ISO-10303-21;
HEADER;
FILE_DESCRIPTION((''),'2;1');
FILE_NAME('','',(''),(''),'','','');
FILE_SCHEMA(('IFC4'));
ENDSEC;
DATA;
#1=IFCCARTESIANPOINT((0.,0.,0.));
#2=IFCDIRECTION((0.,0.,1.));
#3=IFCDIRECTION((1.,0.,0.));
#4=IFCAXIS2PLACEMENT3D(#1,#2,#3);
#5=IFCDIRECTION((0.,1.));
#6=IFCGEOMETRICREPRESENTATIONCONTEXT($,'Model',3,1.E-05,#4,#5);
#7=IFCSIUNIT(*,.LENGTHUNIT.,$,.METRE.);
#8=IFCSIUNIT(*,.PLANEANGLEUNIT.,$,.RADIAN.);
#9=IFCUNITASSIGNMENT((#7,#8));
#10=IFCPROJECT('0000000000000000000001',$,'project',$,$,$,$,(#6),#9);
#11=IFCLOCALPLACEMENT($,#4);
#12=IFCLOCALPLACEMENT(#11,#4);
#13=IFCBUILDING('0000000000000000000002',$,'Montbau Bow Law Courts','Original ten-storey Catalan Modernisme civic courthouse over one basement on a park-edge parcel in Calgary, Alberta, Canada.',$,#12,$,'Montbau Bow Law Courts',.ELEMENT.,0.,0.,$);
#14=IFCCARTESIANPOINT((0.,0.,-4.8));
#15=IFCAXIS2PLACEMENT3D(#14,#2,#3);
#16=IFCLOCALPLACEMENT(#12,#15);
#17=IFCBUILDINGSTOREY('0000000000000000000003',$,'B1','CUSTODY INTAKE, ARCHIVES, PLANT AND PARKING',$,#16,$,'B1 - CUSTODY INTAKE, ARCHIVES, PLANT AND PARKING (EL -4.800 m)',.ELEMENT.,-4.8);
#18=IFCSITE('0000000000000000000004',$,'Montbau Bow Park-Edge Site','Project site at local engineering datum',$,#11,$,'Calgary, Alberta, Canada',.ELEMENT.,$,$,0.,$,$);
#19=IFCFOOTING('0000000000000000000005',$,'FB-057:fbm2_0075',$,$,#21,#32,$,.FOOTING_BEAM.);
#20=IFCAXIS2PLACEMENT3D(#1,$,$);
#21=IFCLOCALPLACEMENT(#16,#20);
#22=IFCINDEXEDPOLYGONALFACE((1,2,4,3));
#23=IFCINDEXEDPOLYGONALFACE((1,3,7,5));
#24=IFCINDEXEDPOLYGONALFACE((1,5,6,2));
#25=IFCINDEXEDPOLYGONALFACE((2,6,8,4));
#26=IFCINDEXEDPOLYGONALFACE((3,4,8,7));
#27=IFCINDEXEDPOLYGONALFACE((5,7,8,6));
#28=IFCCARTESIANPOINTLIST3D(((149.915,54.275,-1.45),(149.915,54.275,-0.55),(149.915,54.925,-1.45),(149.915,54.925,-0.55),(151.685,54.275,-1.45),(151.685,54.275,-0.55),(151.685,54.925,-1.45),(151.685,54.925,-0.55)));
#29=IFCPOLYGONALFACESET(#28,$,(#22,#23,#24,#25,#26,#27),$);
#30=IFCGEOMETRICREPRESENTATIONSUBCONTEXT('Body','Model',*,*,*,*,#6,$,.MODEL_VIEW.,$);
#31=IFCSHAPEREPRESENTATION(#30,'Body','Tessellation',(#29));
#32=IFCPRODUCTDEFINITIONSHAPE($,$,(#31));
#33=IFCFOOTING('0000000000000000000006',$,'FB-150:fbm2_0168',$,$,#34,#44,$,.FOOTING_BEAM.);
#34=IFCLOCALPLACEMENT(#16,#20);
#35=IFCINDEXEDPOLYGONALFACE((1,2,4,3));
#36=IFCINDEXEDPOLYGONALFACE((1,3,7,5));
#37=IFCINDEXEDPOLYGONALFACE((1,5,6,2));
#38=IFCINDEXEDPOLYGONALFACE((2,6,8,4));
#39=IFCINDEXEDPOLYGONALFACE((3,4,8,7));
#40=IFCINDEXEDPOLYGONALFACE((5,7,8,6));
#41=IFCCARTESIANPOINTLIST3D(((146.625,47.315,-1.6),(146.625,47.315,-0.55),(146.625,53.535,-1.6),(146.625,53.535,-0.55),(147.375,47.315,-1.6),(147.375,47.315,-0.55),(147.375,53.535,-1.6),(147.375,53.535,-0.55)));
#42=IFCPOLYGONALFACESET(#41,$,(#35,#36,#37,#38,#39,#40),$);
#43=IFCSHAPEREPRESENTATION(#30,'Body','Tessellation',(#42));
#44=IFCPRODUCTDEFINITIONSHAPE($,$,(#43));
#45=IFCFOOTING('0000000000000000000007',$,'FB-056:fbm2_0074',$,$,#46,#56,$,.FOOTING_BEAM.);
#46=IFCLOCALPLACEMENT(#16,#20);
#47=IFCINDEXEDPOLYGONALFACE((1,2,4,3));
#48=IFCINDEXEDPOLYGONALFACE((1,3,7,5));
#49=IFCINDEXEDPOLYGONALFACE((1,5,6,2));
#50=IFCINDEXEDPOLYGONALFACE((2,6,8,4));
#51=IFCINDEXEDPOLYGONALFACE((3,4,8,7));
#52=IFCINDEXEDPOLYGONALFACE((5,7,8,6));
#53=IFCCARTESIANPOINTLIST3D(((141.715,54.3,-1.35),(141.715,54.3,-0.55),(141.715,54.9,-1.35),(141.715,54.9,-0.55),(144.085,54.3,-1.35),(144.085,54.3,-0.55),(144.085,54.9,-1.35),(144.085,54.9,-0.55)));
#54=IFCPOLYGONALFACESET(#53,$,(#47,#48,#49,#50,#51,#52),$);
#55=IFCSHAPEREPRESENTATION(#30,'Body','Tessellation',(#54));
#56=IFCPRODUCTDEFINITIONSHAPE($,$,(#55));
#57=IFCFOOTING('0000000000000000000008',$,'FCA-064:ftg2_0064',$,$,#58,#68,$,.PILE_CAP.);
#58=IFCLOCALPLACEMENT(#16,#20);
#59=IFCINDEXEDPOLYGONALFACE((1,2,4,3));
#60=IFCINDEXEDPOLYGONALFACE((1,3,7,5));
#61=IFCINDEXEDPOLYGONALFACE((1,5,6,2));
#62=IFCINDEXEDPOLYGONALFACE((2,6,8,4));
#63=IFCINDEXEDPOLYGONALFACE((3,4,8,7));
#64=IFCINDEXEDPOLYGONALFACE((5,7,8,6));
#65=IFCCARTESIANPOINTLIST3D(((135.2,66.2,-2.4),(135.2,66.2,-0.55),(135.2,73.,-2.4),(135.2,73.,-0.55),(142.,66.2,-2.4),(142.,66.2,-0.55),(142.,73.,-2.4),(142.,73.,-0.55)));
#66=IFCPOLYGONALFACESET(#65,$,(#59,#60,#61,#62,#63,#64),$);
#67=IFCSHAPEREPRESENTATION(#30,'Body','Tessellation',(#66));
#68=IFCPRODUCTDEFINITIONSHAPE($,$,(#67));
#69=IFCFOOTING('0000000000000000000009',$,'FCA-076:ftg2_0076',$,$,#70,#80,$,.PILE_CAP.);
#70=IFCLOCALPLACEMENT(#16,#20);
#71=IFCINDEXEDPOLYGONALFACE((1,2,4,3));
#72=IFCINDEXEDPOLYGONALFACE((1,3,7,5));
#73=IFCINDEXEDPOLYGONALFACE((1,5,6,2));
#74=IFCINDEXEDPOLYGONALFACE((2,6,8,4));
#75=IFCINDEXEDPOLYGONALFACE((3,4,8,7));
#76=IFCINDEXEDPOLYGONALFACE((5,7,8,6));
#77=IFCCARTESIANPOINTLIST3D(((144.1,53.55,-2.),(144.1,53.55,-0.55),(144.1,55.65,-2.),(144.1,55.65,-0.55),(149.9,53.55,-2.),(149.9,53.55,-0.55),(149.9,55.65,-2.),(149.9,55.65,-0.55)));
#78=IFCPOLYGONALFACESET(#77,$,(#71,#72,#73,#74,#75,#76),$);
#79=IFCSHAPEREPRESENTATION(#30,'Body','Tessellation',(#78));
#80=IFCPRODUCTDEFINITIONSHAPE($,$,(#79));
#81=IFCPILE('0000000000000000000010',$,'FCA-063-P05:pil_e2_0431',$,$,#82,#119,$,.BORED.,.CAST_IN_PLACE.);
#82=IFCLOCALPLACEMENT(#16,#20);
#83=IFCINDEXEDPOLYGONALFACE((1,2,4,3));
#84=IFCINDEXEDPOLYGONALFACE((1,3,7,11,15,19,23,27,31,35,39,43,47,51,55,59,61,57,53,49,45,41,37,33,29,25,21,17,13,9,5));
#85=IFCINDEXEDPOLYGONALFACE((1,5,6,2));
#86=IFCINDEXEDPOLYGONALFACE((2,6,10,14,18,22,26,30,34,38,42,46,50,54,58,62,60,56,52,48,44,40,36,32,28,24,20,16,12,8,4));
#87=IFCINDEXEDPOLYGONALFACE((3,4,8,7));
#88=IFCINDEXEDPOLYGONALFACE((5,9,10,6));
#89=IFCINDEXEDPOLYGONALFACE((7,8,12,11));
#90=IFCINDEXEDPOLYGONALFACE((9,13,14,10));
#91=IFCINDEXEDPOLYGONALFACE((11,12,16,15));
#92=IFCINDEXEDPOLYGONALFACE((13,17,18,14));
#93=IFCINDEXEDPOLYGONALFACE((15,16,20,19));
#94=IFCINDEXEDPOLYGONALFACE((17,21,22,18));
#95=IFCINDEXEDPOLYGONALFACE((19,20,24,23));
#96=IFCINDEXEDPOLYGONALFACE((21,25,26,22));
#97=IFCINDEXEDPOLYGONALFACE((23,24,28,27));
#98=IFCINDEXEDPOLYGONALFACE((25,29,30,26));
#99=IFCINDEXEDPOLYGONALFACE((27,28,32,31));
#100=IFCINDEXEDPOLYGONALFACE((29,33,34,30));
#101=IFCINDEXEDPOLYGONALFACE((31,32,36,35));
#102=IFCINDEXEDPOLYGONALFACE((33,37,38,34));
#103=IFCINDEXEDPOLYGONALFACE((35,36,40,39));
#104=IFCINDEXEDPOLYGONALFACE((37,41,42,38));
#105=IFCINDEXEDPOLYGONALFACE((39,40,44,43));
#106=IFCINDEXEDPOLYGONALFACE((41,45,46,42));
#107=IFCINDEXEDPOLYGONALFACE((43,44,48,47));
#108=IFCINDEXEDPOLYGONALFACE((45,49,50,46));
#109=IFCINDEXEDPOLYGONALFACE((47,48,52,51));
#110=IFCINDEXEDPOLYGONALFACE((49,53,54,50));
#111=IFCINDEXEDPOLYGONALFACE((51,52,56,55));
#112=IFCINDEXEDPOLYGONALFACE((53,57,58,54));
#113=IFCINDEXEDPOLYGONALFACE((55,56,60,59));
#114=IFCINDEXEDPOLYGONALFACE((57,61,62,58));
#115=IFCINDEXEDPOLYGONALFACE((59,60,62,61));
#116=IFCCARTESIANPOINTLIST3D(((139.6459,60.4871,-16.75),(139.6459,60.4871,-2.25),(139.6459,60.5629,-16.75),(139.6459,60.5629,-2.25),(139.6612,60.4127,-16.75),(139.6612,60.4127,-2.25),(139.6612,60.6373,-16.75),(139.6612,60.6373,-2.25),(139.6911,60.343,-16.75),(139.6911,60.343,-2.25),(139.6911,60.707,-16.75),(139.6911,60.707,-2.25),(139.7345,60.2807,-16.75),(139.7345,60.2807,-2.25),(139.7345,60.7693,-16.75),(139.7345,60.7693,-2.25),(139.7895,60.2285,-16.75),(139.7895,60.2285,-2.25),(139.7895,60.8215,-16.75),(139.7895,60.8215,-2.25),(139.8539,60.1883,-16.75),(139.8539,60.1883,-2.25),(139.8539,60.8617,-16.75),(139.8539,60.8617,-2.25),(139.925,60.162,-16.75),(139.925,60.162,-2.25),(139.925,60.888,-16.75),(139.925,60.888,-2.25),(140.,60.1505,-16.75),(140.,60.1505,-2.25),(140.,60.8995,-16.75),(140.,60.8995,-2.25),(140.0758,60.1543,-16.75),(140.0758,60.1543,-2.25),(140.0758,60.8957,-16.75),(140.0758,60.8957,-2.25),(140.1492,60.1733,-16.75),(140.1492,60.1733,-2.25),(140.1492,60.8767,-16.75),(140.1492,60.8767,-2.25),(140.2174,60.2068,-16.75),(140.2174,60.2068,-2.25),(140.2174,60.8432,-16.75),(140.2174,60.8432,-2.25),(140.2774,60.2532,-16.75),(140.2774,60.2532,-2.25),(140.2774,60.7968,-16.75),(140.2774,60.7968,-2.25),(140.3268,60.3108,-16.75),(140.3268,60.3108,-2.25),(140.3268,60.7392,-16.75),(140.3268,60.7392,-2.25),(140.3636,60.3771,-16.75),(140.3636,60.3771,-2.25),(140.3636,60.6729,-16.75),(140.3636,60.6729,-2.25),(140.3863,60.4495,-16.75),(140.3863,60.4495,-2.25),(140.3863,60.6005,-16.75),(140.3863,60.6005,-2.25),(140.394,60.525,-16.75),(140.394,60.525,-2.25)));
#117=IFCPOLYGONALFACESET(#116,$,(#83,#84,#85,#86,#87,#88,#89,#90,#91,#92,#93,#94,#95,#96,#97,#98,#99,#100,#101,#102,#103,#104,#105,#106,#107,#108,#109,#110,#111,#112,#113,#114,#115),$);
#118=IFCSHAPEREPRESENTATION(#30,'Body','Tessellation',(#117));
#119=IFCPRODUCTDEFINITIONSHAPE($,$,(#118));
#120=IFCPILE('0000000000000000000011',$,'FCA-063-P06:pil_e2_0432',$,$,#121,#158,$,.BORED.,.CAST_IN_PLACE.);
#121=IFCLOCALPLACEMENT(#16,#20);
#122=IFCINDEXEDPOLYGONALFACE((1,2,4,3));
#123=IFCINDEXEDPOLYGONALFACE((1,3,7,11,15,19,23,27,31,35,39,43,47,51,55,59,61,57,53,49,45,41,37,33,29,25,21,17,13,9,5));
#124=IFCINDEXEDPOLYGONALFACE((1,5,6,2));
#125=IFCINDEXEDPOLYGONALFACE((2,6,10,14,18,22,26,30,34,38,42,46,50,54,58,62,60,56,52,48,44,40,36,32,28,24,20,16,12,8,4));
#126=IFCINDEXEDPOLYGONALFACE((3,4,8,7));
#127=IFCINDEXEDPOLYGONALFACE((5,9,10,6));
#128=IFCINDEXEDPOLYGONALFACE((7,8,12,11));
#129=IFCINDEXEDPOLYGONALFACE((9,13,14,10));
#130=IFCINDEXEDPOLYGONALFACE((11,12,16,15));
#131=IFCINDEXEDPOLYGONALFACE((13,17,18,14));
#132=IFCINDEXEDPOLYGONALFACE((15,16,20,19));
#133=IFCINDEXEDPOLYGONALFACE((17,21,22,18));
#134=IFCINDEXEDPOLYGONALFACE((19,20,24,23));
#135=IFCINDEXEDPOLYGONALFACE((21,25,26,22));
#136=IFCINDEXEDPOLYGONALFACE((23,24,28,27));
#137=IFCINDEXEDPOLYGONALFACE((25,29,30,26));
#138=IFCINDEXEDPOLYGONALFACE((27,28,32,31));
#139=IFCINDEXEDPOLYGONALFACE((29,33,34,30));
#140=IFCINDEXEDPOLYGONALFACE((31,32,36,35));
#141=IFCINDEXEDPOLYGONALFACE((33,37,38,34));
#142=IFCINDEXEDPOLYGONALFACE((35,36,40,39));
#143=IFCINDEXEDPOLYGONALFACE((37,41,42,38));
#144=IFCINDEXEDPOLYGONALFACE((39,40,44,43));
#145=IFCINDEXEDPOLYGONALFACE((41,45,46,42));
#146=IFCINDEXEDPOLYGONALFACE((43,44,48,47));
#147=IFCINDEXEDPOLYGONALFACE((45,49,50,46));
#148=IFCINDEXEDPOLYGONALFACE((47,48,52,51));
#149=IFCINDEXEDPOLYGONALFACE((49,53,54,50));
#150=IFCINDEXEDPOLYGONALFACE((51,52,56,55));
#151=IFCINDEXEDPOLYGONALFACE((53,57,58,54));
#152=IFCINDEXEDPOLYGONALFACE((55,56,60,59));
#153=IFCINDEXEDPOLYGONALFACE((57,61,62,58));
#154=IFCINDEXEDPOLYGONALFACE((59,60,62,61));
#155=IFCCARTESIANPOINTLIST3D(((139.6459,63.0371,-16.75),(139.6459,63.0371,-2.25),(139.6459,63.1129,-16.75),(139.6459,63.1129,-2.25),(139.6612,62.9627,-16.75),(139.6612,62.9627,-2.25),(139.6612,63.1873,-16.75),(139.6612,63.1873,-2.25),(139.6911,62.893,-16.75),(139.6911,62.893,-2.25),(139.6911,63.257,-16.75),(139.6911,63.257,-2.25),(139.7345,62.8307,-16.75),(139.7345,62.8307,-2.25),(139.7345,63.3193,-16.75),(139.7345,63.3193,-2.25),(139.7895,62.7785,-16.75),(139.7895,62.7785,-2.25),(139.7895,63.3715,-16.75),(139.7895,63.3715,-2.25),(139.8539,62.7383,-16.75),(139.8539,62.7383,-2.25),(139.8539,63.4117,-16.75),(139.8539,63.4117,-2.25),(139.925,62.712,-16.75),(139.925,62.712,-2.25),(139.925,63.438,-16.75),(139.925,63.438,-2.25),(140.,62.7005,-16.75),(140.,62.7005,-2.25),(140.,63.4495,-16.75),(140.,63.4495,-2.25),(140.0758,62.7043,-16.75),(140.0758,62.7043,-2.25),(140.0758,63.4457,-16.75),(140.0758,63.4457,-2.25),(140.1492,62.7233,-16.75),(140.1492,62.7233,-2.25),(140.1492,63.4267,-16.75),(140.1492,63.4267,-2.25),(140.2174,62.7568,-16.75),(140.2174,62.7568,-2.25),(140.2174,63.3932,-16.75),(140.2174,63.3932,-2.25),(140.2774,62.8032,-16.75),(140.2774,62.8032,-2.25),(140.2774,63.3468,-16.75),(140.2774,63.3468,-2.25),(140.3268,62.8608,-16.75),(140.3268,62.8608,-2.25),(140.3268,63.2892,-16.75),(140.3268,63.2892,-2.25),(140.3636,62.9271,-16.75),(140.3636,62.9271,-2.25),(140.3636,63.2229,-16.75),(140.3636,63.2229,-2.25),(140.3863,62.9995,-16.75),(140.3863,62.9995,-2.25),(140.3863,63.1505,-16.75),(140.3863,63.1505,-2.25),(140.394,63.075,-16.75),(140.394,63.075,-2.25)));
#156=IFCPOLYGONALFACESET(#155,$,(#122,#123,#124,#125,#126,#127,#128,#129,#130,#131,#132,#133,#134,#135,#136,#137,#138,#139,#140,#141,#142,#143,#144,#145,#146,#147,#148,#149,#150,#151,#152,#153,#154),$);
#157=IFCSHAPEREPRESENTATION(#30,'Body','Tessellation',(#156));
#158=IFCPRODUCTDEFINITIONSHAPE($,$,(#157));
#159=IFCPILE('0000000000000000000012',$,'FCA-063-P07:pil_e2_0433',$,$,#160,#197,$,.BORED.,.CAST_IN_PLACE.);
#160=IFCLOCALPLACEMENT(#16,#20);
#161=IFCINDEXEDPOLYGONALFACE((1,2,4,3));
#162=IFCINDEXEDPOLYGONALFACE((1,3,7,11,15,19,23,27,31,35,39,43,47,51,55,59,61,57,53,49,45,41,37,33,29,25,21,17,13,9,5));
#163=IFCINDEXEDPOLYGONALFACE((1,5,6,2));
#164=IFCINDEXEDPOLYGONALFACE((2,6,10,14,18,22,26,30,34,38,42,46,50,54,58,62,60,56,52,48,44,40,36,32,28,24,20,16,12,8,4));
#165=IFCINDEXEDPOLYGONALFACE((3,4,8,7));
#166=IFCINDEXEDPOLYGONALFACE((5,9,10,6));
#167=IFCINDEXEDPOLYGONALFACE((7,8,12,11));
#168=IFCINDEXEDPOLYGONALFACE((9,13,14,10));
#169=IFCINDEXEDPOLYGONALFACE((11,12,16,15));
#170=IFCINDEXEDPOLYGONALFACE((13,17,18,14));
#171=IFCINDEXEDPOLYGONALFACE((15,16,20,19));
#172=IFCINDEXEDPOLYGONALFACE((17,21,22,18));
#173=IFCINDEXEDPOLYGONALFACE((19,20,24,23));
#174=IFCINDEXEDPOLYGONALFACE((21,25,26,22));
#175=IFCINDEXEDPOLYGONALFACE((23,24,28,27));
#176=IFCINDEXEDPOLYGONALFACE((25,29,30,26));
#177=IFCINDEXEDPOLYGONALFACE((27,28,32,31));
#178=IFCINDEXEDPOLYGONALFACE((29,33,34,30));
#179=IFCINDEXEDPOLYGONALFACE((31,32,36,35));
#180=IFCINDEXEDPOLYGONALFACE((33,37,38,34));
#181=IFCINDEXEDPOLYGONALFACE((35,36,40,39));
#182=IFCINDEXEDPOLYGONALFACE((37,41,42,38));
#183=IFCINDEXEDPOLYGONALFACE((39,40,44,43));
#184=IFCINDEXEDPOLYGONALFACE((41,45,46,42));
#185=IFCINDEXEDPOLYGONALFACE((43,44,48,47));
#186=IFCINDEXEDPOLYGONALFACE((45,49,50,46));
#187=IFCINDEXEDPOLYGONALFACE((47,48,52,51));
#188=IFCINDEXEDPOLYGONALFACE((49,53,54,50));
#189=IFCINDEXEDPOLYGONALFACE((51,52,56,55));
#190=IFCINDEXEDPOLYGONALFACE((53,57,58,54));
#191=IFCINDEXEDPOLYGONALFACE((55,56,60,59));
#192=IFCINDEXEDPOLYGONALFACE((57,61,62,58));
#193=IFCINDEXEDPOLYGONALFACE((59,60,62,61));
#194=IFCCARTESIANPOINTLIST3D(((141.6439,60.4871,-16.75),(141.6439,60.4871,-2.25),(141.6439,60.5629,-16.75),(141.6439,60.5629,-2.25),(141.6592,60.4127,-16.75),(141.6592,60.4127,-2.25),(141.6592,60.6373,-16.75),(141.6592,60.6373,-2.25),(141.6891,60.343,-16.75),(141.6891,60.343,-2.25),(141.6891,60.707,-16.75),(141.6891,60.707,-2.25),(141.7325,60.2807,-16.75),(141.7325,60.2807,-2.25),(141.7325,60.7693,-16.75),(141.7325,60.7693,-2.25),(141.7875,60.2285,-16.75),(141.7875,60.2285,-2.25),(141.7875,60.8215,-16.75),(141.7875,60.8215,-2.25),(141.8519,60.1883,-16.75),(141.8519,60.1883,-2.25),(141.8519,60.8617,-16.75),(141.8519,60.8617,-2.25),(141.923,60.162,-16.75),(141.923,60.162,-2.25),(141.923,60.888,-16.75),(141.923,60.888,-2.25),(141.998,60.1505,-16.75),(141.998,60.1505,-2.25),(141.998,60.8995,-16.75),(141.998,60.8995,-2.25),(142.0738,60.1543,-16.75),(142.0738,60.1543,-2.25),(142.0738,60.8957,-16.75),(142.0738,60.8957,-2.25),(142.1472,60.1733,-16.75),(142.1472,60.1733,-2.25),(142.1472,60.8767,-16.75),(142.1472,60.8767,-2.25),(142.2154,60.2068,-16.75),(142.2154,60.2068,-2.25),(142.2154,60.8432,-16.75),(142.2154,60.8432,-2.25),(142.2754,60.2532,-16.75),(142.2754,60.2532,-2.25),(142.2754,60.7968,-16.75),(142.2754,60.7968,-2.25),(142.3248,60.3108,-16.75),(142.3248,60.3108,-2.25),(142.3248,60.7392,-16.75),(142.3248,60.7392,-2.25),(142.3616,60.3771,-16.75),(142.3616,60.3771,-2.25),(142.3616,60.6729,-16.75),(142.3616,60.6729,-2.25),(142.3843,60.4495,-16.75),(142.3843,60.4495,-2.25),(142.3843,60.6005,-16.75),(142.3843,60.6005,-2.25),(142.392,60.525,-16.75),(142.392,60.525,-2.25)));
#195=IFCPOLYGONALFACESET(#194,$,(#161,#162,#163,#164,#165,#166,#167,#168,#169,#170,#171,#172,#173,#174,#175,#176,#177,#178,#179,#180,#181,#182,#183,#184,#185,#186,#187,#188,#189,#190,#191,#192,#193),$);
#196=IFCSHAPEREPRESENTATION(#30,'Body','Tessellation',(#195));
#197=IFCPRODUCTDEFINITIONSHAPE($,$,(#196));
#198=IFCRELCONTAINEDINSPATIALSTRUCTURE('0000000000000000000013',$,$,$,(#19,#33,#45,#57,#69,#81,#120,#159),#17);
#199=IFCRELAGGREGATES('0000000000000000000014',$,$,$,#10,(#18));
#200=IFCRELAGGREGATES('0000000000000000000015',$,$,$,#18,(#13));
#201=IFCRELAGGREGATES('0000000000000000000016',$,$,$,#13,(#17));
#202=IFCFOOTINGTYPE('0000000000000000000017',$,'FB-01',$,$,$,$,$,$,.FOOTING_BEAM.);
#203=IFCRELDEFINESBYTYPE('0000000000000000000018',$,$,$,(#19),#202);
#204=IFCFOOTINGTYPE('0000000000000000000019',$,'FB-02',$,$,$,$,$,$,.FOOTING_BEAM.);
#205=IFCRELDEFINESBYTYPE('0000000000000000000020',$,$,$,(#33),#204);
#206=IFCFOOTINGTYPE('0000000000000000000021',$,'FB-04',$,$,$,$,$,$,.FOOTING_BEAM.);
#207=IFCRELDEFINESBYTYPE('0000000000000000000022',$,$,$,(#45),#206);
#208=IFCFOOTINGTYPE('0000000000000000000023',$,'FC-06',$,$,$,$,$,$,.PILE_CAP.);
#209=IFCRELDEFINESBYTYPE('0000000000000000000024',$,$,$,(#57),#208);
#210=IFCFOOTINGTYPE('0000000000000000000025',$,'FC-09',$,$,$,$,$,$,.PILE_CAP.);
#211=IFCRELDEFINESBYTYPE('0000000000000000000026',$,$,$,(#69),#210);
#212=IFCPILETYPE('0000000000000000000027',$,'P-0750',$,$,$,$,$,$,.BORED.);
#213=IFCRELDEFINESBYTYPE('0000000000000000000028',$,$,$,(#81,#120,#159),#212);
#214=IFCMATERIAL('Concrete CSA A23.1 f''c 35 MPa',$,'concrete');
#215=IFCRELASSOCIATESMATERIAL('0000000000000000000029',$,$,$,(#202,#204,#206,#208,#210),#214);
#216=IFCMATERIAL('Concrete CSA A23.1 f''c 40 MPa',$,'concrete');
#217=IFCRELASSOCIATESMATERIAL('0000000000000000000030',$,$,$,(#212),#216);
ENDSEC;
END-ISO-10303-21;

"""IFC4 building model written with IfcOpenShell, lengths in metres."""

from ifc_helpers import new_model, si_unit, direction, frame, origin_with_axes, origin_2d_with_axis, place, context, subcontext, project, spatial, rectangle, circle, extrude, material, material_profile, profile_set, type_object, element, save


model = new_model("IFC4")

# Units and contexts
model_context = context("Model", 3, precision=1e-05, world=origin_with_axes(), true_north=direction((0.0, 1.0)))
body_context = subcontext(model_context, "Body", "Model", "MODEL_VIEW")
ifc_project = project(units=[si_unit("LENGTHUNIT", "METRE"), si_unit("PLANEANGLEUNIT", "RADIAN")], contexts=[model_context])

# Site, building, storey
site_placement = place(None, origin_with_axes())
site = spatial("IfcSite", under=ifc_project, at=site_placement, Name="Montbau Bow Park-Edge Site", Description="Project site at local engineering datum", LongName="Calgary, Alberta, Canada", CompositionType="ELEMENT", RefElevation=0.0)
building_placement = place(site_placement, origin_with_axes())
building = spatial("IfcBuilding", under=site, at=building_placement, Name="Montbau Bow Law Courts", Description="Original ten-storey Catalan Modernisme civic courthouse over one basement on a park-edge parcel in Calgary, Alberta, Canada.", LongName="Montbau Bow Law Courts", CompositionType="ELEMENT", ElevationOfRefHeight=0.0, ElevationOfTerrain=0.0)
storey_placement = place(building_placement, frame((0.0, 0.0, -4.8), z_axis=(0.0, 0.0, 1.0), x_axis=(1.0, 0.0, 0.0)))
storey = spatial("IfcBuildingStorey", under=building, at=storey_placement, Name="B1", Description="CUSTODY INTAKE, ARCHIVES, PLANT AND PARKING", LongName="B1 - CUSTODY INTAKE, ARCHIVES, PLANT AND PARKING (EL -4.800 m)", CompositionType="ELEMENT", Elevation=-4.8)

# Footings
ifc_material_1 = material(Name="Concrete CSA A23.1 f'c 35 MPa", Category="concrete")
footing_type_1 = type_object("IfcFootingType", Name="FB-01", PredefinedType="FOOTING_BEAM", material=ifc_material_1)
footing_1_placement = place(None, frame((150.8, 54.6, -6.25), z_axis=(0.0, 0.0, 1.0), x_axis=(1.0, 0.0, 0.0)))
element("IfcFooting", 1, at=footing_1_placement, inside=storey, type_object=footing_type_1, Name="FB-057:fbm2_0075", PredefinedType="FOOTING_BEAM", context=body_context, shape_type="SweptSolid", body=[
    extrude(rectangle(XDim=1.77, YDim=0.65, at=origin_2d_with_axis()), origin_with_axes(), (0.0, 0.0, 1.0), 0.9),
])
footing_type_2 = type_object("IfcFootingType", Name="FB-02", PredefinedType="FOOTING_BEAM", material=ifc_material_1)
footing_2_placement = place(None, frame((147.0, 50.425, -6.4), z_axis=(0.0, 0.0, 1.0), x_axis=(0.0, 1.0, 0.0)))
element("IfcFooting", 2, at=footing_2_placement, inside=storey, type_object=footing_type_2, Name="FB-150:fbm2_0168", PredefinedType="FOOTING_BEAM", context=body_context, shape_type="SweptSolid", body=[
    extrude(rectangle(XDim=6.22, YDim=0.75, at=origin_2d_with_axis()), origin_with_axes(), (0.0, 0.0, 1.0), 1.05),
])
footing_type_3 = type_object("IfcFootingType", Name="FB-04", PredefinedType="FOOTING_BEAM", material=ifc_material_1)
footing_3_placement = place(None, frame((142.9, 54.6, -6.15), z_axis=(0.0, 0.0, 1.0), x_axis=(1.0, 0.0, 0.0)))
element("IfcFooting", 3, at=footing_3_placement, inside=storey, type_object=footing_type_3, Name="FB-056:fbm2_0074", PredefinedType="FOOTING_BEAM", context=body_context, shape_type="SweptSolid", body=[
    extrude(rectangle(XDim=2.37, YDim=0.6, at=origin_2d_with_axis()), origin_with_axes(), (0.0, 0.0, 1.0), 0.8),
])
footing_type_4 = type_object("IfcFootingType", Name="FC-06", PredefinedType="PILE_CAP", material=ifc_material_1)
footing_4_placement = place(None, frame((138.6, 69.6, -7.2), z_axis=(0.0, 0.0, 1.0), x_axis=(1.0, 0.0, 0.0)))
element("IfcFooting", 4, at=footing_4_placement, inside=storey, type_object=footing_type_4, Name="FCA-064:ftg2_0064", PredefinedType="PILE_CAP", context=body_context, shape_type="SweptSolid", body=[
    extrude(rectangle(XDim=6.8, YDim=6.8, at=origin_2d_with_axis()), origin_with_axes(), (0.0, 0.0, 1.0), 1.85),
])
footing_type_5 = type_object("IfcFootingType", Name="FC-09", PredefinedType="PILE_CAP", material=ifc_material_1)
footing_5_placement = place(None, frame((147.0, 54.6, -6.8), z_axis=(0.0, 0.0, 1.0), x_axis=(1.0, 0.0, 0.0)))
element("IfcFooting", 5, at=footing_5_placement, inside=storey, type_object=footing_type_5, Name="FCA-076:ftg2_0076", PredefinedType="PILE_CAP", context=body_context, shape_type="SweptSolid", body=[
    extrude(rectangle(XDim=5.8, YDim=2.1, at=origin_2d_with_axis()), origin_with_axes(), (0.0, 0.0, 1.0), 1.45),
])

# Piles
ifc_material_2 = material(Name="Concrete CSA A23.1 f'c 40 MPa", Category="concrete")
ifc_material_profile_1 = material_profile(ifc_material_2, circle(Radius=0.375, at=origin_2d_with_axis()), Name="BP750", Category="Main", Priority=0)
ifc_profile_set_1 = profile_set([ifc_material_profile_1], Name="Concrete CSA A23.1 f'c 40 MPa")
pile_type_1 = type_object("IfcPileType", Name="P-0750", PredefinedType="BORED", material=ifc_profile_set_1)
for number, where, z_axis, x_axis, name in (
    (6, (140.019, 60.525, -21.55), (0.0, 0.0, 1.0), (1.0, 0.0, 0.0), "FCA-063-P05:pil_e2_0431"),
    (7, (140.019, 63.075, -21.55), (0.0, 0.0, 1.0), (1.0, 0.0, 0.0), "FCA-063-P06:pil_e2_0432"),
    (8, (142.017, 60.525, -21.55), (0.0, 0.0, 1.0), (1.0, 0.0, 0.0), "FCA-063-P07:pil_e2_0433"),
):
    element("IfcPile", number, at=place(None, frame(where, z_axis=z_axis, x_axis=x_axis)), inside=storey, type_object=pile_type_1, Name=name, ConstructionType="CAST_IN_PLACE", PredefinedType="BORED", context=body_context, shape_type="SweptSolid", body=[
        extrude(circle(Radius=0.375, at=origin_2d_with_axis()), origin_with_axes(), (0.0, 0.0, 1.0), 14.5),
    ])

save(model, "model.ifc")
